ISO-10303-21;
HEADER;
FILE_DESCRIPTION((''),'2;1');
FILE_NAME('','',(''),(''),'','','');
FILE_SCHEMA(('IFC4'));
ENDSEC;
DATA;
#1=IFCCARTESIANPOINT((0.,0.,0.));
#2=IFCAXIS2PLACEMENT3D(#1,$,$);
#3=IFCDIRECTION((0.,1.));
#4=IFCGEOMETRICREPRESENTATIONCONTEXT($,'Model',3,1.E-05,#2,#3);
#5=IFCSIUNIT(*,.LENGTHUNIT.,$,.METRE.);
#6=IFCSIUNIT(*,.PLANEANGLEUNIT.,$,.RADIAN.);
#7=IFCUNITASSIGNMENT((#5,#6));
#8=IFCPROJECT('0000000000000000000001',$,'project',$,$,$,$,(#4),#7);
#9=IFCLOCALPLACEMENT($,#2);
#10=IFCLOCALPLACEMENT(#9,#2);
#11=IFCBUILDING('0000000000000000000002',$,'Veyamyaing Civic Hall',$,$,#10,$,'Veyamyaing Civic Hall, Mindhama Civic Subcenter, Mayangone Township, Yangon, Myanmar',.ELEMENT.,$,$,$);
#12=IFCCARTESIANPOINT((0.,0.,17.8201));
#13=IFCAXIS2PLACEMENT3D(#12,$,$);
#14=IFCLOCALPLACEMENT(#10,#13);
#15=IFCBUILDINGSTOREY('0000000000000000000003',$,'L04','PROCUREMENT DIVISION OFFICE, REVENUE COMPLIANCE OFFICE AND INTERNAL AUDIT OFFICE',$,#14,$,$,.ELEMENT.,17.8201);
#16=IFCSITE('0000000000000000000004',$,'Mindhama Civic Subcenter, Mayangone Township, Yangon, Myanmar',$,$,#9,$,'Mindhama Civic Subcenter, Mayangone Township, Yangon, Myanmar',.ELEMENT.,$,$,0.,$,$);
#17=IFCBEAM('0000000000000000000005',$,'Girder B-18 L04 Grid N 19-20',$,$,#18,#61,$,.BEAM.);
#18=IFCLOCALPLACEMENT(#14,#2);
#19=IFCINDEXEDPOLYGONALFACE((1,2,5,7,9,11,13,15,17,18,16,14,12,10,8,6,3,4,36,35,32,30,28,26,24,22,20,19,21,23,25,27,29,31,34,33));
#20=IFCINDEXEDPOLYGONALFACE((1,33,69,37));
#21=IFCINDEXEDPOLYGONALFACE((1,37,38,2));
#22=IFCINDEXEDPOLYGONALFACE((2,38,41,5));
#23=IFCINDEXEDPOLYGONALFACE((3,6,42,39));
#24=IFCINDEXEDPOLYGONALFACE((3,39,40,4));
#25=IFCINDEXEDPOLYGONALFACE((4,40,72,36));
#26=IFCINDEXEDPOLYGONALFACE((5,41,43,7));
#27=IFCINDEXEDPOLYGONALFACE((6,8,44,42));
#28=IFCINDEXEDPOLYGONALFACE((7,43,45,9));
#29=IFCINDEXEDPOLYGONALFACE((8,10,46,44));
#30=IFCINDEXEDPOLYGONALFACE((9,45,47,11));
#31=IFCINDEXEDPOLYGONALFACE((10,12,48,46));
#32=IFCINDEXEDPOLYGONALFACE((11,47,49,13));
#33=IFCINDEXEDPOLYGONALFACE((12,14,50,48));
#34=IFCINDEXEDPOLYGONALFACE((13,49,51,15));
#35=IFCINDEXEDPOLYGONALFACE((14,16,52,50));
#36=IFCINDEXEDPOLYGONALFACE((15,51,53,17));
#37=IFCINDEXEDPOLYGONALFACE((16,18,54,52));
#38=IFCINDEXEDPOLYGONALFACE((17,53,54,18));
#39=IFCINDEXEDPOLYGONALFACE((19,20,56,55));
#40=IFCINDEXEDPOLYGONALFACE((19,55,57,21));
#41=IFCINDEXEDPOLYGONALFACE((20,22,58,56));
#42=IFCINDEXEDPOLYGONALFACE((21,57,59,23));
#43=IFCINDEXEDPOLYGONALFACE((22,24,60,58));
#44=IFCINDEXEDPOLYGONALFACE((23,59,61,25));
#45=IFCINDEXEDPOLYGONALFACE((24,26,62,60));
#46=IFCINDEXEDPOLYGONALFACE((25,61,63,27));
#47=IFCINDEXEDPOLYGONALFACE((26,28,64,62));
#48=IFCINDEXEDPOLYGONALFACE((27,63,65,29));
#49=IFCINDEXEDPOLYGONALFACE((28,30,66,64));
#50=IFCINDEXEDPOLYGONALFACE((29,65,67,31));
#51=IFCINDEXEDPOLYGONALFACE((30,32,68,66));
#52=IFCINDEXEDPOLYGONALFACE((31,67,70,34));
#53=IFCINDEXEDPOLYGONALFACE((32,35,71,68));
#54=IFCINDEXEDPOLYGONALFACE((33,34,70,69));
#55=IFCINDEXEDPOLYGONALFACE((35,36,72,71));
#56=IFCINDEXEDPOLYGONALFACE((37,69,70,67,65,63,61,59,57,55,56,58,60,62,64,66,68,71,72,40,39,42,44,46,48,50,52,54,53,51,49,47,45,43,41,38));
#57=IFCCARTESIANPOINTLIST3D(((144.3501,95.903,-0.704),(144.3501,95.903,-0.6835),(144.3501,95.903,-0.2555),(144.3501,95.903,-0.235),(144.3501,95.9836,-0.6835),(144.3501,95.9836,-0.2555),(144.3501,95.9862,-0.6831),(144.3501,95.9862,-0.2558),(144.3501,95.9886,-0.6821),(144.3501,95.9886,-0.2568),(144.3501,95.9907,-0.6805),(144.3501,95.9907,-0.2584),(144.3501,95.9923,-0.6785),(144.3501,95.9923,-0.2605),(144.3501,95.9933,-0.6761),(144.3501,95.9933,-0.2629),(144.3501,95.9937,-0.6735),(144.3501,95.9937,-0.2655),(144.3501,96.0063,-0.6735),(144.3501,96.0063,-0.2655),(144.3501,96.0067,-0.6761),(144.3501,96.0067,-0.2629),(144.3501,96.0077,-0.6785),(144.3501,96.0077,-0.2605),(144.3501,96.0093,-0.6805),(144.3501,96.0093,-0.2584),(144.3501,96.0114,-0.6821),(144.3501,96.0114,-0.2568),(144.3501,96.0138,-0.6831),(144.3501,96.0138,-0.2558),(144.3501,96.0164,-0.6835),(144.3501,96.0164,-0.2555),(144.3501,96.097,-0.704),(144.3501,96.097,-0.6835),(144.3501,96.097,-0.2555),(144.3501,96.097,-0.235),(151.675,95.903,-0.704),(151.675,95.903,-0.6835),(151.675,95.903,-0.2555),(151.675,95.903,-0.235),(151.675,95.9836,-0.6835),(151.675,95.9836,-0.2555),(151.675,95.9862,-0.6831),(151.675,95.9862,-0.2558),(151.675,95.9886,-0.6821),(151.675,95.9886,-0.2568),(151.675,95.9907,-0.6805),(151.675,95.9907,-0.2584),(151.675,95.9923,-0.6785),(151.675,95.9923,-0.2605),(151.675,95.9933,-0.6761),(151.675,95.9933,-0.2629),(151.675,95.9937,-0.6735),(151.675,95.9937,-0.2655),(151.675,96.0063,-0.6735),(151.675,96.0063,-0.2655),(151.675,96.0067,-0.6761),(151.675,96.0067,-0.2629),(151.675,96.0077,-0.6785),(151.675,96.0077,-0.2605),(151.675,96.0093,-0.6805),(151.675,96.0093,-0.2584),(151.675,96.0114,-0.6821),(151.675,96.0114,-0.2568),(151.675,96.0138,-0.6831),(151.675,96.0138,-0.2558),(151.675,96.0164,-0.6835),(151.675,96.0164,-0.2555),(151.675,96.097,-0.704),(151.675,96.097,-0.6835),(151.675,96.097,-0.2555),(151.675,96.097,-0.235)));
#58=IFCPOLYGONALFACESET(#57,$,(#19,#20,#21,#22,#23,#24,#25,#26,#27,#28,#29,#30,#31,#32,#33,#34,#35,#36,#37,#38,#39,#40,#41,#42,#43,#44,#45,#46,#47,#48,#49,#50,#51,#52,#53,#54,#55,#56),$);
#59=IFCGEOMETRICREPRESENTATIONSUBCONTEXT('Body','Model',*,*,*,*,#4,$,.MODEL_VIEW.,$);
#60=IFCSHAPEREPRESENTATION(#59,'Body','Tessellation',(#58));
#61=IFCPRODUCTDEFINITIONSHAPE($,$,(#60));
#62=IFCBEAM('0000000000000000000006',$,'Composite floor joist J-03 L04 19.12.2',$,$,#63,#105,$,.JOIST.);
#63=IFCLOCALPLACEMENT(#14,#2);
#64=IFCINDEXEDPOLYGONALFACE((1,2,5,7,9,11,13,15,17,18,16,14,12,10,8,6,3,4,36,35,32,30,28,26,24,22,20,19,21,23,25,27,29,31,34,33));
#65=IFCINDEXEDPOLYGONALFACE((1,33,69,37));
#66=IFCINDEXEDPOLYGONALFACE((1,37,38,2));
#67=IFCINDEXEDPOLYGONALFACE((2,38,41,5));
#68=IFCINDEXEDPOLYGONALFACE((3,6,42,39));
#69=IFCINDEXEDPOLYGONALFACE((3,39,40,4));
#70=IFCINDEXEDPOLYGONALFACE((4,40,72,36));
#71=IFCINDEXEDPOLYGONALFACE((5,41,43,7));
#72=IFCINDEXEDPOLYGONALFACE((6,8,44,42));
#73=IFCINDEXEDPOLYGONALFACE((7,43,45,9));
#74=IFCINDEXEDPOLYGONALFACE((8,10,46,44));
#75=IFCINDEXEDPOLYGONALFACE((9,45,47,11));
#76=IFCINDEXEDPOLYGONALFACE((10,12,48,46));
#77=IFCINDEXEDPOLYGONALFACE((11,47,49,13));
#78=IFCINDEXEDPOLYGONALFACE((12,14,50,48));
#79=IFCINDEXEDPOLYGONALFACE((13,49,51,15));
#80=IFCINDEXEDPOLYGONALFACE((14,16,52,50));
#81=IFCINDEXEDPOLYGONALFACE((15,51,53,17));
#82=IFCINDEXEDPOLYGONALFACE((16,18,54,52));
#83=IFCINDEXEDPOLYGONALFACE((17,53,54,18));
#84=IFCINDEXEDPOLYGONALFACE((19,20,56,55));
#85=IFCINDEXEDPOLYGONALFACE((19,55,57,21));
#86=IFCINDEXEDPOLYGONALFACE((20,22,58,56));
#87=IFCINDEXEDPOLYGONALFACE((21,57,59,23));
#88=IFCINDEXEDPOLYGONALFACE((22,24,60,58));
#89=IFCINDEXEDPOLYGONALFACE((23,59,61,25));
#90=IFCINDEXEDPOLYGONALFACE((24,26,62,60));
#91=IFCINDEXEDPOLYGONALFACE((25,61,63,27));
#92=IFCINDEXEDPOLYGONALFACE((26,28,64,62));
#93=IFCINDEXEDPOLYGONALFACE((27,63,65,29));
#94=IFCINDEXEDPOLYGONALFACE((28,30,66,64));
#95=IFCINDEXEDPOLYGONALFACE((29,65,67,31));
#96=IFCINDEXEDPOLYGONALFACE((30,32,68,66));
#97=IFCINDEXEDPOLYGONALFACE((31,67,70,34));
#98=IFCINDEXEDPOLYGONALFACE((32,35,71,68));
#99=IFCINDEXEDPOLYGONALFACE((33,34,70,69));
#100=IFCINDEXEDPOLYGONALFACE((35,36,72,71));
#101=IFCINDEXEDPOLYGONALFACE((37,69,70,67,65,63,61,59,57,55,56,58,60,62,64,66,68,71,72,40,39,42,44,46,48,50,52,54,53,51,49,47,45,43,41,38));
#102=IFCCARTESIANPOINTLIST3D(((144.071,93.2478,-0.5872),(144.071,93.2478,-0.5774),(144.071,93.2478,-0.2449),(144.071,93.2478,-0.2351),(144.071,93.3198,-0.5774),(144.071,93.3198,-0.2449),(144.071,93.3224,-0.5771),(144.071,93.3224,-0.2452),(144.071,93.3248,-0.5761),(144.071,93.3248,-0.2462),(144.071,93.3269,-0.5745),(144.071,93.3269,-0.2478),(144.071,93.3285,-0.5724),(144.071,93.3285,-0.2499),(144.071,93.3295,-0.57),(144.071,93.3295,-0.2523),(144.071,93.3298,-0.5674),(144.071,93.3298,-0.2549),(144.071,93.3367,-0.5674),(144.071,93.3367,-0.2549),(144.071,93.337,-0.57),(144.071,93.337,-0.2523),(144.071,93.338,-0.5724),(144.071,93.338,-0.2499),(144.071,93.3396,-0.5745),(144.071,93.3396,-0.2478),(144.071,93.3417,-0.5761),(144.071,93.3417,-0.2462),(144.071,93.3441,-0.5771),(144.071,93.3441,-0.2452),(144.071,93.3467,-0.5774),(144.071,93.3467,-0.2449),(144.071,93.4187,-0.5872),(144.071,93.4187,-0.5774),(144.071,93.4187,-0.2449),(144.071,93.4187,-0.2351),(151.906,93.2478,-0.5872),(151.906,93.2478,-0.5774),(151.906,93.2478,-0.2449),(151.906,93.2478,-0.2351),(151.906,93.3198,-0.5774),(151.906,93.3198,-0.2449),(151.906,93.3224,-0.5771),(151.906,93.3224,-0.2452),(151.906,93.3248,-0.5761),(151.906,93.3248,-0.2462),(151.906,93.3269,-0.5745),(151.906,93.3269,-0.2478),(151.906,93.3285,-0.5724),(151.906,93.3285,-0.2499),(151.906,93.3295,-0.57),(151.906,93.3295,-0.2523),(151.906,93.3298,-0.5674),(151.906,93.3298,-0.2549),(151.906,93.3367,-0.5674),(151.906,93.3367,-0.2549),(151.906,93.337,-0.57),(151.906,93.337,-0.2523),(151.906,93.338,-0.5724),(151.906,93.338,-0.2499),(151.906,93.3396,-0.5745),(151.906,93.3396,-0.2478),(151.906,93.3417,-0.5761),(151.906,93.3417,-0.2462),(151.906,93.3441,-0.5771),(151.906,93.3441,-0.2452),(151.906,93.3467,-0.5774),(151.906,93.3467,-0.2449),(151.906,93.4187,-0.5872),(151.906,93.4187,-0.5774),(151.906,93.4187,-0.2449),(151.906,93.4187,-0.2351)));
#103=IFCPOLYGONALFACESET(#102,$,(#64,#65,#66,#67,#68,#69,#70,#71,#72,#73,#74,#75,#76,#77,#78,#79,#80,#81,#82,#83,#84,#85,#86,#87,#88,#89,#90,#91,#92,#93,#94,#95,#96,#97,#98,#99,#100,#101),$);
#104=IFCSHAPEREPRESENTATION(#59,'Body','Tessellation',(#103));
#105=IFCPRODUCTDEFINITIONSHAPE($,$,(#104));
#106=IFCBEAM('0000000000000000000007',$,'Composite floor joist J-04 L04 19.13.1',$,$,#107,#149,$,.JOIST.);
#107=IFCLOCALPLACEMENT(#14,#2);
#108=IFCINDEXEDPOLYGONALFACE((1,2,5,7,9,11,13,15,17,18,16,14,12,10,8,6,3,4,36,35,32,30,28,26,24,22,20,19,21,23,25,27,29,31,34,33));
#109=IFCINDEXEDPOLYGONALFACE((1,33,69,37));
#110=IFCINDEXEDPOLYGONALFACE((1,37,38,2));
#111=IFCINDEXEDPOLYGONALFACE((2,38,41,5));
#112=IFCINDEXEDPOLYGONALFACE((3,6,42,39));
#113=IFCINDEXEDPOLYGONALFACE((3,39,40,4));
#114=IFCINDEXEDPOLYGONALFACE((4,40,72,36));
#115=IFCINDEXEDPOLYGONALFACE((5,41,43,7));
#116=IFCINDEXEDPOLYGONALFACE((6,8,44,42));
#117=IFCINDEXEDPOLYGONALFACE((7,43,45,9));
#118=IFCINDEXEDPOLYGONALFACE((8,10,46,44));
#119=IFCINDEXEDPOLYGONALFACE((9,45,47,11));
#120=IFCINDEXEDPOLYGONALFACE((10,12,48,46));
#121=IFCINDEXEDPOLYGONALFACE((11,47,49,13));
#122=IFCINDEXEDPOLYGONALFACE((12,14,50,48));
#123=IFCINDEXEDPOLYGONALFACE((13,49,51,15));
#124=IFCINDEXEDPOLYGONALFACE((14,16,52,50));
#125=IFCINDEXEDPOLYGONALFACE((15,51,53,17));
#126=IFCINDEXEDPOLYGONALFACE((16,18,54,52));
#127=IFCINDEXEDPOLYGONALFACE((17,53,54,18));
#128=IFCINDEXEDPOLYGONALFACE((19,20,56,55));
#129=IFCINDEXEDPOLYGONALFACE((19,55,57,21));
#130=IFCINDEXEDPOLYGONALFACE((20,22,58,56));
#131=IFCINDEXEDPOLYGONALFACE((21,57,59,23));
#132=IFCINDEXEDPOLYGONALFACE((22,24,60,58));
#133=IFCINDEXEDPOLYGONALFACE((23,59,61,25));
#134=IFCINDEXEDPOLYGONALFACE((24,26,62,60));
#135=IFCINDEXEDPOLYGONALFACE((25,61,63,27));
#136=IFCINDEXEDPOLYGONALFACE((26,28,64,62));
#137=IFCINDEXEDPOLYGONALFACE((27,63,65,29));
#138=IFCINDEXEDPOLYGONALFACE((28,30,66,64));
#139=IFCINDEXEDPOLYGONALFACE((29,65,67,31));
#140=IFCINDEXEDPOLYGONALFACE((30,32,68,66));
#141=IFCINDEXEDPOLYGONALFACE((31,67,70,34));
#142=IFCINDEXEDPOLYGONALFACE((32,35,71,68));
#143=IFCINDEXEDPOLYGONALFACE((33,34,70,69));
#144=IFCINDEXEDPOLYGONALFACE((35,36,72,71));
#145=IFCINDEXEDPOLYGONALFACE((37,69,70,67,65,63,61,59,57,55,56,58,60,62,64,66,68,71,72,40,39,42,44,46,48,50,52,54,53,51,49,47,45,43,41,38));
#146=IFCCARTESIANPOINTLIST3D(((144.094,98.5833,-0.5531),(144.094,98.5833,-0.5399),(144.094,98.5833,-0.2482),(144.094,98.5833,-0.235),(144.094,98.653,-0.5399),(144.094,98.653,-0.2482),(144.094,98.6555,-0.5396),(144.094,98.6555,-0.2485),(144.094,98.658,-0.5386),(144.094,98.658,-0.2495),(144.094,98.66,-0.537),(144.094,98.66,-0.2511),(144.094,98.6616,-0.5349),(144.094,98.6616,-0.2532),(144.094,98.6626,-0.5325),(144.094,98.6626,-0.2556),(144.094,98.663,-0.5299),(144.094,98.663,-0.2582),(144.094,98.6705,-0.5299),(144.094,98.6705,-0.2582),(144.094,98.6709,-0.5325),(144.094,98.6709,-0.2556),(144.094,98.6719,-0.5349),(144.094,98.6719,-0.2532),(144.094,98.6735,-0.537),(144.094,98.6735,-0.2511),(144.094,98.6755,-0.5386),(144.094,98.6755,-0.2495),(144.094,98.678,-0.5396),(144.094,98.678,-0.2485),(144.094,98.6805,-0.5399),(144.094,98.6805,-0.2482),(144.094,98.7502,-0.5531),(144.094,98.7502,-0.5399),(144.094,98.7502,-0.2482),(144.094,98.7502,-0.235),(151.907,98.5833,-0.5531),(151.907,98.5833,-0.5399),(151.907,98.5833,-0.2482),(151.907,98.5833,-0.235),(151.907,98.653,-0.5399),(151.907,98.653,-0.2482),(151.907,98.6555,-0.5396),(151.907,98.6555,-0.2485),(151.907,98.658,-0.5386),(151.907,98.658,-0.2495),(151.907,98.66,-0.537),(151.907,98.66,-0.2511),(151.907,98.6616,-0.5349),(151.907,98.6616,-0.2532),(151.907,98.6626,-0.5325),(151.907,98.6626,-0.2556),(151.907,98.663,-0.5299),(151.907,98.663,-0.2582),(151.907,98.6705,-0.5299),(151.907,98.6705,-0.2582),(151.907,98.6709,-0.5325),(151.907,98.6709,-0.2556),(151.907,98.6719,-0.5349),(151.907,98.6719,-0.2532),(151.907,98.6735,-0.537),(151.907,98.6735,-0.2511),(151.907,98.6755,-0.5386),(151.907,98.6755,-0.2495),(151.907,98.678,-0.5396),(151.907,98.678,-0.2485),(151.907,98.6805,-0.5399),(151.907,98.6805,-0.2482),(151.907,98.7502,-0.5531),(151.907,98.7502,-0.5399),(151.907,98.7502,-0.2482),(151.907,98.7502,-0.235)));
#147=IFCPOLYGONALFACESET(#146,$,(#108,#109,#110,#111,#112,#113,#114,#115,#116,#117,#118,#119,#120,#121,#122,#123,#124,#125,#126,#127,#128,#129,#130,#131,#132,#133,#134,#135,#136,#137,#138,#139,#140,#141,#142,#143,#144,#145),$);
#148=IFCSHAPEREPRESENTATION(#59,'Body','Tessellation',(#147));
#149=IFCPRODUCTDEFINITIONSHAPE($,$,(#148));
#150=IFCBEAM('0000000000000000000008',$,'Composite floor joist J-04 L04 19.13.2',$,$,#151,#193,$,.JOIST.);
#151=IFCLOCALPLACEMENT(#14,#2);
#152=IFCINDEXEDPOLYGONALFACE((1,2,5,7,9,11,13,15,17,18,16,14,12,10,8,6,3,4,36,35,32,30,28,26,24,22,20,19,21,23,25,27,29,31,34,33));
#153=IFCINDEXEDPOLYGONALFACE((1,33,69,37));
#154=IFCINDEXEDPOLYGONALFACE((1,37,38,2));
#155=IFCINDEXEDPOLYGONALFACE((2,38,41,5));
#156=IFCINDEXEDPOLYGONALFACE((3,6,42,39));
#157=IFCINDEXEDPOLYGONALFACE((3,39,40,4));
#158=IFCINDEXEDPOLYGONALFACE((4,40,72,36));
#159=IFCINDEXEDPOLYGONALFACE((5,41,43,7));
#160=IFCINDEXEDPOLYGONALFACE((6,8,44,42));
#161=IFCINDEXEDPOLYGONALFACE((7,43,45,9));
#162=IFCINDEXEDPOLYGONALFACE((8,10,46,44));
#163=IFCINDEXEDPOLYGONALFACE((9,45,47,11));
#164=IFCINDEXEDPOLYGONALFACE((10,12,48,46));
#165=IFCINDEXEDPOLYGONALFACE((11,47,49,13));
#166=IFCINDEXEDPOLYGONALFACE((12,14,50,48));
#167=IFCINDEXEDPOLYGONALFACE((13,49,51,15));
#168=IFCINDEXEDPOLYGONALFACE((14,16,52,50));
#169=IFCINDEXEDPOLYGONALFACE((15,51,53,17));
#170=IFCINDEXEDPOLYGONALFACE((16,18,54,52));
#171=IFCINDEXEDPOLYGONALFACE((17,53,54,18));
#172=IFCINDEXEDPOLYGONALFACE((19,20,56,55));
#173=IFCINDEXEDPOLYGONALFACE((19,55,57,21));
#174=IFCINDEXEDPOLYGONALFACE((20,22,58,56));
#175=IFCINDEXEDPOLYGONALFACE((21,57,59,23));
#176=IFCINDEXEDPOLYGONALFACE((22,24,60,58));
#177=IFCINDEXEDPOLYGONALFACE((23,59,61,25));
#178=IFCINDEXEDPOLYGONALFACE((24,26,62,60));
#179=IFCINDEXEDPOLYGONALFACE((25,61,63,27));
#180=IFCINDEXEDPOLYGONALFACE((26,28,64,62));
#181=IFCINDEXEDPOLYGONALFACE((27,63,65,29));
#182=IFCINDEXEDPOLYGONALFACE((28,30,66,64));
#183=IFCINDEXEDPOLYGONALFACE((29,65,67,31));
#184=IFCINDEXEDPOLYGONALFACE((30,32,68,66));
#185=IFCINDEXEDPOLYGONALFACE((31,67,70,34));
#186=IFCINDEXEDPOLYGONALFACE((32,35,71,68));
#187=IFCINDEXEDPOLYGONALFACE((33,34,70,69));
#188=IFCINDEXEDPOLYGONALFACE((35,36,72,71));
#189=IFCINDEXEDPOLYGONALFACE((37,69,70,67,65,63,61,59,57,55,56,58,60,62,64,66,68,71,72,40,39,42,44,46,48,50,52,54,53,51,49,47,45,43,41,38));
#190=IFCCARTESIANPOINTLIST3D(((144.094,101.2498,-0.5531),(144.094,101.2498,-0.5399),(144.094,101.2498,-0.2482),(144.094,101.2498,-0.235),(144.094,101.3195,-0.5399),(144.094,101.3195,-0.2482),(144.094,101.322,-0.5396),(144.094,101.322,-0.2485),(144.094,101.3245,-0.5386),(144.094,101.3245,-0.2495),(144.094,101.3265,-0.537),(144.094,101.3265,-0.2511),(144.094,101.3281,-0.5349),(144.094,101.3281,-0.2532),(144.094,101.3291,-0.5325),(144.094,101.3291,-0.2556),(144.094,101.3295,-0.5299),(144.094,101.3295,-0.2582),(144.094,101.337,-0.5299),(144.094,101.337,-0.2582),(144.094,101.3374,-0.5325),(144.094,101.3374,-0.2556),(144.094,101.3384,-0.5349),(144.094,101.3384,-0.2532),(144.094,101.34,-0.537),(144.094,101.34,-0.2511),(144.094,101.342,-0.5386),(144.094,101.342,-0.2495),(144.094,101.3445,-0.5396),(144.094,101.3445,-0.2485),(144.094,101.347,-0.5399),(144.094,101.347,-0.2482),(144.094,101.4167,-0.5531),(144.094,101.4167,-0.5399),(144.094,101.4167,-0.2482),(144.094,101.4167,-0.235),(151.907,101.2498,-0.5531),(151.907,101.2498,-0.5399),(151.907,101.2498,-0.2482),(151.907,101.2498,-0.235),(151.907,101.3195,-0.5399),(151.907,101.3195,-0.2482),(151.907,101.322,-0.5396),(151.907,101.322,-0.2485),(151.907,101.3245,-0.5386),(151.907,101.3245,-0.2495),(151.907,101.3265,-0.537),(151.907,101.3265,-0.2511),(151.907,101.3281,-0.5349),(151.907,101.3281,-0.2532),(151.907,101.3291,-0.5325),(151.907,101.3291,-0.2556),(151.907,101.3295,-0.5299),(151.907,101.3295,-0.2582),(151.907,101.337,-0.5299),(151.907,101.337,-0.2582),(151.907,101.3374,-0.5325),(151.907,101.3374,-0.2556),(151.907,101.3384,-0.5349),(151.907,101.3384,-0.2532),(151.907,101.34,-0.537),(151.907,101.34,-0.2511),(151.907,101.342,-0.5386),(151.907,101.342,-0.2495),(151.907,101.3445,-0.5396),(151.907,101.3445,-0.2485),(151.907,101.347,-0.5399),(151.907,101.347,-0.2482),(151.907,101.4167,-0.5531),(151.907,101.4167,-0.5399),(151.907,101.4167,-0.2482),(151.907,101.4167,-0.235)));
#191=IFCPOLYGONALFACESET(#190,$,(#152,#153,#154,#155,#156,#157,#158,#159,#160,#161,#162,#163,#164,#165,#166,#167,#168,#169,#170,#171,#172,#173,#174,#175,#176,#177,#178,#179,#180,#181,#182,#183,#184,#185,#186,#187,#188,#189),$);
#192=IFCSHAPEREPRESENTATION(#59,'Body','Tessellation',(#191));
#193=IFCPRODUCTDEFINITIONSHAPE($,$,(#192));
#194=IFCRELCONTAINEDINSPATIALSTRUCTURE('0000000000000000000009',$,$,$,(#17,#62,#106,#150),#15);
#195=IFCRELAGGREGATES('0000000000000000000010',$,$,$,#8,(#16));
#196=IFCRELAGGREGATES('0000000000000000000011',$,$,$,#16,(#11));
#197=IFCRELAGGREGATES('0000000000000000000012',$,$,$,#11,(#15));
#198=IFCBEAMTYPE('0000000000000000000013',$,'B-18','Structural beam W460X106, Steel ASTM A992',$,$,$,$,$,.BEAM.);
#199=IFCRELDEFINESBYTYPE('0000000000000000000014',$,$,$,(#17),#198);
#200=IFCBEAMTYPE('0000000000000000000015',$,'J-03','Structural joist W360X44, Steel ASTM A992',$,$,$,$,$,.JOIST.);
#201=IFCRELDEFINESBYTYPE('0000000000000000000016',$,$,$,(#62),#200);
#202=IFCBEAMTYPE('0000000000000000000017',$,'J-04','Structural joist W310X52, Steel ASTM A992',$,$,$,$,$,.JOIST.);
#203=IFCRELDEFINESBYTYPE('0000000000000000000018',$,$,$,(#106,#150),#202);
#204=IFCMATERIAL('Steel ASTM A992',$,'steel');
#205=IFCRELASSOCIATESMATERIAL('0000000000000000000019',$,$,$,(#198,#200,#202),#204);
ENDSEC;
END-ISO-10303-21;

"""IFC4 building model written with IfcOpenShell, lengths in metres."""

from ifc_helpers import new_model, si_unit, direction, frame, origin, origin_2d, place, context, subcontext, project, spatial, i_section, extrude, material, material_profile, profile_set, type_object, element, save


model = new_model("IFC4")

# Units and contexts
model_context = context("Model", 3, precision=1e-05, world=origin(), true_north=direction((0.0, 1.0)))
body_context = subcontext(model_context, "Body", "Model", "MODEL_VIEW")
ifc_project = project(units=[si_unit("LENGTHUNIT", "METRE"), si_unit("PLANEANGLEUNIT", "RADIAN")], contexts=[model_context])

# Site, building, storey
site_placement = place(None, origin())
site = spatial("IfcSite", under=ifc_project, at=site_placement, Name="Mindhama Civic Subcenter, Mayangone Township, Yangon, Myanmar", LongName="Mindhama Civic Subcenter, Mayangone Township, Yangon, Myanmar", CompositionType="ELEMENT", RefElevation=0.0)
building_placement = place(site_placement, origin())
building = spatial("IfcBuilding", under=site, at=building_placement, Name="Veyamyaing Civic Hall", LongName="Veyamyaing Civic Hall, Mindhama Civic Subcenter, Mayangone Township, Yangon, Myanmar", CompositionType="ELEMENT")
storey_placement = place(building_placement, frame((0.0, 0.0, 17.8201)))
storey = spatial("IfcBuildingStorey", under=building, at=storey_placement, Name="L04", Description="PROCUREMENT DIVISION OFFICE, REVENUE COMPLIANCE OFFICE AND INTERNAL AUDIT OFFICE", CompositionType="ELEMENT", Elevation=17.8201)

# Beams
ifc_material_1 = material(Name="Steel ASTM A992", Category="steel")
ifc_material_profile_1 = material_profile(ifc_material_1, i_section(OverallWidth=0.1941, OverallDepth=0.469, WebThickness=0.0127, FlangeThickness=0.0205, FilletRadius=0.01, at=origin_2d()), Name="W460X106")
ifc_profile_set_1 = profile_set([ifc_material_profile_1], Name="Steel ASTM A992")
beam_type_1 = type_object("IfcBeamType", Name="B-18", Description="Structural beam W460X106, Steel ASTM A992", PredefinedType="BEAM", material=ifc_profile_set_1)
beam_1_placement = place(storey_placement, frame((144.3501, 96.0, -0.4695), z_axis=(1.0, 0.0, 0.0), x_axis=(0.0, 1.0, 0.0)))
element("IfcBeam", 1, at=beam_1_placement, inside=storey, type_object=beam_type_1, Name="Girder B-18 L04 Grid N 19-20", PredefinedType="BEAM", context=body_context, shape_type="SweptSolid", body=[
    extrude(i_section(OverallWidth=0.1941, OverallDepth=0.469, WebThickness=0.0127, FlangeThickness=0.0205, FilletRadius=0.01, at=origin_2d()), origin(), (0.0, 0.0, 1.0), 7.325),
])
ifc_material_profile_2 = material_profile(ifc_material_1, i_section(OverallWidth=0.1709, OverallDepth=0.3521, WebThickness=0.0068, FlangeThickness=0.0098, FilletRadius=0.01, at=origin_2d()), Name="W360X44")
ifc_profile_set_2 = profile_set([ifc_material_profile_2], Name="Steel ASTM A992")
beam_type_2 = type_object("IfcBeamType", Name="J-03", Description="Structural joist W360X44, Steel ASTM A992", PredefinedType="JOIST", material=ifc_profile_set_2)
beam_2_placement = place(storey_placement, frame((144.071, 93.3333, -0.4111), z_axis=(1.0, 0.0, 0.0), x_axis=(0.0, 1.0, 0.0)))
element("IfcBeam", 2, at=beam_2_placement, inside=storey, type_object=beam_type_2, Name="Composite floor joist J-03 L04 19.12.2", PredefinedType="JOIST", context=body_context, shape_type="SweptSolid", body=[
    extrude(i_section(OverallWidth=0.1709, OverallDepth=0.3521, WebThickness=0.0068, FlangeThickness=0.0098, FilletRadius=0.01, at=origin_2d()), origin(), (0.0, 0.0, 1.0), 7.835),
])
ifc_material_profile_3 = material_profile(ifc_material_1, i_section(OverallWidth=0.167, OverallDepth=0.3181, WebThickness=0.0076, FlangeThickness=0.0132, FilletRadius=0.01, at=origin_2d()), Name="W310X52")
ifc_profile_set_3 = profile_set([ifc_material_profile_3], Name="Steel ASTM A992")
beam_type_3 = type_object("IfcBeamType", Name="J-04", Description="Structural joist W310X52, Steel ASTM A992", PredefinedType="JOIST", material=ifc_profile_set_3)
for number, where, z_axis, x_axis, name in (
    (3, (144.094, 98.6667, -0.394), (1.0, 0.0, 0.0), (0.0, 1.0, 0.0), "Composite floor joist J-04 L04 19.13.1"),
    (4, (144.094, 101.3333, -0.394), (1.0, 0.0, 0.0), (0.0, 1.0, 0.0), "Composite floor joist J-04 L04 19.13.2"),
):
    element("IfcBeam", number, at=place(storey_placement, frame(where, z_axis=z_axis, x_axis=x_axis)), inside=storey, type_object=beam_type_3, Name=name, PredefinedType="JOIST", context=body_context, shape_type="SweptSolid", body=[
        extrude(i_section(OverallWidth=0.167, OverallDepth=0.3181, WebThickness=0.0076, FlangeThickness=0.0132, FilletRadius=0.01, at=origin_2d()), origin(), (0.0, 0.0, 1.0), 7.813),
    ])

save(model, "model.ifc")
